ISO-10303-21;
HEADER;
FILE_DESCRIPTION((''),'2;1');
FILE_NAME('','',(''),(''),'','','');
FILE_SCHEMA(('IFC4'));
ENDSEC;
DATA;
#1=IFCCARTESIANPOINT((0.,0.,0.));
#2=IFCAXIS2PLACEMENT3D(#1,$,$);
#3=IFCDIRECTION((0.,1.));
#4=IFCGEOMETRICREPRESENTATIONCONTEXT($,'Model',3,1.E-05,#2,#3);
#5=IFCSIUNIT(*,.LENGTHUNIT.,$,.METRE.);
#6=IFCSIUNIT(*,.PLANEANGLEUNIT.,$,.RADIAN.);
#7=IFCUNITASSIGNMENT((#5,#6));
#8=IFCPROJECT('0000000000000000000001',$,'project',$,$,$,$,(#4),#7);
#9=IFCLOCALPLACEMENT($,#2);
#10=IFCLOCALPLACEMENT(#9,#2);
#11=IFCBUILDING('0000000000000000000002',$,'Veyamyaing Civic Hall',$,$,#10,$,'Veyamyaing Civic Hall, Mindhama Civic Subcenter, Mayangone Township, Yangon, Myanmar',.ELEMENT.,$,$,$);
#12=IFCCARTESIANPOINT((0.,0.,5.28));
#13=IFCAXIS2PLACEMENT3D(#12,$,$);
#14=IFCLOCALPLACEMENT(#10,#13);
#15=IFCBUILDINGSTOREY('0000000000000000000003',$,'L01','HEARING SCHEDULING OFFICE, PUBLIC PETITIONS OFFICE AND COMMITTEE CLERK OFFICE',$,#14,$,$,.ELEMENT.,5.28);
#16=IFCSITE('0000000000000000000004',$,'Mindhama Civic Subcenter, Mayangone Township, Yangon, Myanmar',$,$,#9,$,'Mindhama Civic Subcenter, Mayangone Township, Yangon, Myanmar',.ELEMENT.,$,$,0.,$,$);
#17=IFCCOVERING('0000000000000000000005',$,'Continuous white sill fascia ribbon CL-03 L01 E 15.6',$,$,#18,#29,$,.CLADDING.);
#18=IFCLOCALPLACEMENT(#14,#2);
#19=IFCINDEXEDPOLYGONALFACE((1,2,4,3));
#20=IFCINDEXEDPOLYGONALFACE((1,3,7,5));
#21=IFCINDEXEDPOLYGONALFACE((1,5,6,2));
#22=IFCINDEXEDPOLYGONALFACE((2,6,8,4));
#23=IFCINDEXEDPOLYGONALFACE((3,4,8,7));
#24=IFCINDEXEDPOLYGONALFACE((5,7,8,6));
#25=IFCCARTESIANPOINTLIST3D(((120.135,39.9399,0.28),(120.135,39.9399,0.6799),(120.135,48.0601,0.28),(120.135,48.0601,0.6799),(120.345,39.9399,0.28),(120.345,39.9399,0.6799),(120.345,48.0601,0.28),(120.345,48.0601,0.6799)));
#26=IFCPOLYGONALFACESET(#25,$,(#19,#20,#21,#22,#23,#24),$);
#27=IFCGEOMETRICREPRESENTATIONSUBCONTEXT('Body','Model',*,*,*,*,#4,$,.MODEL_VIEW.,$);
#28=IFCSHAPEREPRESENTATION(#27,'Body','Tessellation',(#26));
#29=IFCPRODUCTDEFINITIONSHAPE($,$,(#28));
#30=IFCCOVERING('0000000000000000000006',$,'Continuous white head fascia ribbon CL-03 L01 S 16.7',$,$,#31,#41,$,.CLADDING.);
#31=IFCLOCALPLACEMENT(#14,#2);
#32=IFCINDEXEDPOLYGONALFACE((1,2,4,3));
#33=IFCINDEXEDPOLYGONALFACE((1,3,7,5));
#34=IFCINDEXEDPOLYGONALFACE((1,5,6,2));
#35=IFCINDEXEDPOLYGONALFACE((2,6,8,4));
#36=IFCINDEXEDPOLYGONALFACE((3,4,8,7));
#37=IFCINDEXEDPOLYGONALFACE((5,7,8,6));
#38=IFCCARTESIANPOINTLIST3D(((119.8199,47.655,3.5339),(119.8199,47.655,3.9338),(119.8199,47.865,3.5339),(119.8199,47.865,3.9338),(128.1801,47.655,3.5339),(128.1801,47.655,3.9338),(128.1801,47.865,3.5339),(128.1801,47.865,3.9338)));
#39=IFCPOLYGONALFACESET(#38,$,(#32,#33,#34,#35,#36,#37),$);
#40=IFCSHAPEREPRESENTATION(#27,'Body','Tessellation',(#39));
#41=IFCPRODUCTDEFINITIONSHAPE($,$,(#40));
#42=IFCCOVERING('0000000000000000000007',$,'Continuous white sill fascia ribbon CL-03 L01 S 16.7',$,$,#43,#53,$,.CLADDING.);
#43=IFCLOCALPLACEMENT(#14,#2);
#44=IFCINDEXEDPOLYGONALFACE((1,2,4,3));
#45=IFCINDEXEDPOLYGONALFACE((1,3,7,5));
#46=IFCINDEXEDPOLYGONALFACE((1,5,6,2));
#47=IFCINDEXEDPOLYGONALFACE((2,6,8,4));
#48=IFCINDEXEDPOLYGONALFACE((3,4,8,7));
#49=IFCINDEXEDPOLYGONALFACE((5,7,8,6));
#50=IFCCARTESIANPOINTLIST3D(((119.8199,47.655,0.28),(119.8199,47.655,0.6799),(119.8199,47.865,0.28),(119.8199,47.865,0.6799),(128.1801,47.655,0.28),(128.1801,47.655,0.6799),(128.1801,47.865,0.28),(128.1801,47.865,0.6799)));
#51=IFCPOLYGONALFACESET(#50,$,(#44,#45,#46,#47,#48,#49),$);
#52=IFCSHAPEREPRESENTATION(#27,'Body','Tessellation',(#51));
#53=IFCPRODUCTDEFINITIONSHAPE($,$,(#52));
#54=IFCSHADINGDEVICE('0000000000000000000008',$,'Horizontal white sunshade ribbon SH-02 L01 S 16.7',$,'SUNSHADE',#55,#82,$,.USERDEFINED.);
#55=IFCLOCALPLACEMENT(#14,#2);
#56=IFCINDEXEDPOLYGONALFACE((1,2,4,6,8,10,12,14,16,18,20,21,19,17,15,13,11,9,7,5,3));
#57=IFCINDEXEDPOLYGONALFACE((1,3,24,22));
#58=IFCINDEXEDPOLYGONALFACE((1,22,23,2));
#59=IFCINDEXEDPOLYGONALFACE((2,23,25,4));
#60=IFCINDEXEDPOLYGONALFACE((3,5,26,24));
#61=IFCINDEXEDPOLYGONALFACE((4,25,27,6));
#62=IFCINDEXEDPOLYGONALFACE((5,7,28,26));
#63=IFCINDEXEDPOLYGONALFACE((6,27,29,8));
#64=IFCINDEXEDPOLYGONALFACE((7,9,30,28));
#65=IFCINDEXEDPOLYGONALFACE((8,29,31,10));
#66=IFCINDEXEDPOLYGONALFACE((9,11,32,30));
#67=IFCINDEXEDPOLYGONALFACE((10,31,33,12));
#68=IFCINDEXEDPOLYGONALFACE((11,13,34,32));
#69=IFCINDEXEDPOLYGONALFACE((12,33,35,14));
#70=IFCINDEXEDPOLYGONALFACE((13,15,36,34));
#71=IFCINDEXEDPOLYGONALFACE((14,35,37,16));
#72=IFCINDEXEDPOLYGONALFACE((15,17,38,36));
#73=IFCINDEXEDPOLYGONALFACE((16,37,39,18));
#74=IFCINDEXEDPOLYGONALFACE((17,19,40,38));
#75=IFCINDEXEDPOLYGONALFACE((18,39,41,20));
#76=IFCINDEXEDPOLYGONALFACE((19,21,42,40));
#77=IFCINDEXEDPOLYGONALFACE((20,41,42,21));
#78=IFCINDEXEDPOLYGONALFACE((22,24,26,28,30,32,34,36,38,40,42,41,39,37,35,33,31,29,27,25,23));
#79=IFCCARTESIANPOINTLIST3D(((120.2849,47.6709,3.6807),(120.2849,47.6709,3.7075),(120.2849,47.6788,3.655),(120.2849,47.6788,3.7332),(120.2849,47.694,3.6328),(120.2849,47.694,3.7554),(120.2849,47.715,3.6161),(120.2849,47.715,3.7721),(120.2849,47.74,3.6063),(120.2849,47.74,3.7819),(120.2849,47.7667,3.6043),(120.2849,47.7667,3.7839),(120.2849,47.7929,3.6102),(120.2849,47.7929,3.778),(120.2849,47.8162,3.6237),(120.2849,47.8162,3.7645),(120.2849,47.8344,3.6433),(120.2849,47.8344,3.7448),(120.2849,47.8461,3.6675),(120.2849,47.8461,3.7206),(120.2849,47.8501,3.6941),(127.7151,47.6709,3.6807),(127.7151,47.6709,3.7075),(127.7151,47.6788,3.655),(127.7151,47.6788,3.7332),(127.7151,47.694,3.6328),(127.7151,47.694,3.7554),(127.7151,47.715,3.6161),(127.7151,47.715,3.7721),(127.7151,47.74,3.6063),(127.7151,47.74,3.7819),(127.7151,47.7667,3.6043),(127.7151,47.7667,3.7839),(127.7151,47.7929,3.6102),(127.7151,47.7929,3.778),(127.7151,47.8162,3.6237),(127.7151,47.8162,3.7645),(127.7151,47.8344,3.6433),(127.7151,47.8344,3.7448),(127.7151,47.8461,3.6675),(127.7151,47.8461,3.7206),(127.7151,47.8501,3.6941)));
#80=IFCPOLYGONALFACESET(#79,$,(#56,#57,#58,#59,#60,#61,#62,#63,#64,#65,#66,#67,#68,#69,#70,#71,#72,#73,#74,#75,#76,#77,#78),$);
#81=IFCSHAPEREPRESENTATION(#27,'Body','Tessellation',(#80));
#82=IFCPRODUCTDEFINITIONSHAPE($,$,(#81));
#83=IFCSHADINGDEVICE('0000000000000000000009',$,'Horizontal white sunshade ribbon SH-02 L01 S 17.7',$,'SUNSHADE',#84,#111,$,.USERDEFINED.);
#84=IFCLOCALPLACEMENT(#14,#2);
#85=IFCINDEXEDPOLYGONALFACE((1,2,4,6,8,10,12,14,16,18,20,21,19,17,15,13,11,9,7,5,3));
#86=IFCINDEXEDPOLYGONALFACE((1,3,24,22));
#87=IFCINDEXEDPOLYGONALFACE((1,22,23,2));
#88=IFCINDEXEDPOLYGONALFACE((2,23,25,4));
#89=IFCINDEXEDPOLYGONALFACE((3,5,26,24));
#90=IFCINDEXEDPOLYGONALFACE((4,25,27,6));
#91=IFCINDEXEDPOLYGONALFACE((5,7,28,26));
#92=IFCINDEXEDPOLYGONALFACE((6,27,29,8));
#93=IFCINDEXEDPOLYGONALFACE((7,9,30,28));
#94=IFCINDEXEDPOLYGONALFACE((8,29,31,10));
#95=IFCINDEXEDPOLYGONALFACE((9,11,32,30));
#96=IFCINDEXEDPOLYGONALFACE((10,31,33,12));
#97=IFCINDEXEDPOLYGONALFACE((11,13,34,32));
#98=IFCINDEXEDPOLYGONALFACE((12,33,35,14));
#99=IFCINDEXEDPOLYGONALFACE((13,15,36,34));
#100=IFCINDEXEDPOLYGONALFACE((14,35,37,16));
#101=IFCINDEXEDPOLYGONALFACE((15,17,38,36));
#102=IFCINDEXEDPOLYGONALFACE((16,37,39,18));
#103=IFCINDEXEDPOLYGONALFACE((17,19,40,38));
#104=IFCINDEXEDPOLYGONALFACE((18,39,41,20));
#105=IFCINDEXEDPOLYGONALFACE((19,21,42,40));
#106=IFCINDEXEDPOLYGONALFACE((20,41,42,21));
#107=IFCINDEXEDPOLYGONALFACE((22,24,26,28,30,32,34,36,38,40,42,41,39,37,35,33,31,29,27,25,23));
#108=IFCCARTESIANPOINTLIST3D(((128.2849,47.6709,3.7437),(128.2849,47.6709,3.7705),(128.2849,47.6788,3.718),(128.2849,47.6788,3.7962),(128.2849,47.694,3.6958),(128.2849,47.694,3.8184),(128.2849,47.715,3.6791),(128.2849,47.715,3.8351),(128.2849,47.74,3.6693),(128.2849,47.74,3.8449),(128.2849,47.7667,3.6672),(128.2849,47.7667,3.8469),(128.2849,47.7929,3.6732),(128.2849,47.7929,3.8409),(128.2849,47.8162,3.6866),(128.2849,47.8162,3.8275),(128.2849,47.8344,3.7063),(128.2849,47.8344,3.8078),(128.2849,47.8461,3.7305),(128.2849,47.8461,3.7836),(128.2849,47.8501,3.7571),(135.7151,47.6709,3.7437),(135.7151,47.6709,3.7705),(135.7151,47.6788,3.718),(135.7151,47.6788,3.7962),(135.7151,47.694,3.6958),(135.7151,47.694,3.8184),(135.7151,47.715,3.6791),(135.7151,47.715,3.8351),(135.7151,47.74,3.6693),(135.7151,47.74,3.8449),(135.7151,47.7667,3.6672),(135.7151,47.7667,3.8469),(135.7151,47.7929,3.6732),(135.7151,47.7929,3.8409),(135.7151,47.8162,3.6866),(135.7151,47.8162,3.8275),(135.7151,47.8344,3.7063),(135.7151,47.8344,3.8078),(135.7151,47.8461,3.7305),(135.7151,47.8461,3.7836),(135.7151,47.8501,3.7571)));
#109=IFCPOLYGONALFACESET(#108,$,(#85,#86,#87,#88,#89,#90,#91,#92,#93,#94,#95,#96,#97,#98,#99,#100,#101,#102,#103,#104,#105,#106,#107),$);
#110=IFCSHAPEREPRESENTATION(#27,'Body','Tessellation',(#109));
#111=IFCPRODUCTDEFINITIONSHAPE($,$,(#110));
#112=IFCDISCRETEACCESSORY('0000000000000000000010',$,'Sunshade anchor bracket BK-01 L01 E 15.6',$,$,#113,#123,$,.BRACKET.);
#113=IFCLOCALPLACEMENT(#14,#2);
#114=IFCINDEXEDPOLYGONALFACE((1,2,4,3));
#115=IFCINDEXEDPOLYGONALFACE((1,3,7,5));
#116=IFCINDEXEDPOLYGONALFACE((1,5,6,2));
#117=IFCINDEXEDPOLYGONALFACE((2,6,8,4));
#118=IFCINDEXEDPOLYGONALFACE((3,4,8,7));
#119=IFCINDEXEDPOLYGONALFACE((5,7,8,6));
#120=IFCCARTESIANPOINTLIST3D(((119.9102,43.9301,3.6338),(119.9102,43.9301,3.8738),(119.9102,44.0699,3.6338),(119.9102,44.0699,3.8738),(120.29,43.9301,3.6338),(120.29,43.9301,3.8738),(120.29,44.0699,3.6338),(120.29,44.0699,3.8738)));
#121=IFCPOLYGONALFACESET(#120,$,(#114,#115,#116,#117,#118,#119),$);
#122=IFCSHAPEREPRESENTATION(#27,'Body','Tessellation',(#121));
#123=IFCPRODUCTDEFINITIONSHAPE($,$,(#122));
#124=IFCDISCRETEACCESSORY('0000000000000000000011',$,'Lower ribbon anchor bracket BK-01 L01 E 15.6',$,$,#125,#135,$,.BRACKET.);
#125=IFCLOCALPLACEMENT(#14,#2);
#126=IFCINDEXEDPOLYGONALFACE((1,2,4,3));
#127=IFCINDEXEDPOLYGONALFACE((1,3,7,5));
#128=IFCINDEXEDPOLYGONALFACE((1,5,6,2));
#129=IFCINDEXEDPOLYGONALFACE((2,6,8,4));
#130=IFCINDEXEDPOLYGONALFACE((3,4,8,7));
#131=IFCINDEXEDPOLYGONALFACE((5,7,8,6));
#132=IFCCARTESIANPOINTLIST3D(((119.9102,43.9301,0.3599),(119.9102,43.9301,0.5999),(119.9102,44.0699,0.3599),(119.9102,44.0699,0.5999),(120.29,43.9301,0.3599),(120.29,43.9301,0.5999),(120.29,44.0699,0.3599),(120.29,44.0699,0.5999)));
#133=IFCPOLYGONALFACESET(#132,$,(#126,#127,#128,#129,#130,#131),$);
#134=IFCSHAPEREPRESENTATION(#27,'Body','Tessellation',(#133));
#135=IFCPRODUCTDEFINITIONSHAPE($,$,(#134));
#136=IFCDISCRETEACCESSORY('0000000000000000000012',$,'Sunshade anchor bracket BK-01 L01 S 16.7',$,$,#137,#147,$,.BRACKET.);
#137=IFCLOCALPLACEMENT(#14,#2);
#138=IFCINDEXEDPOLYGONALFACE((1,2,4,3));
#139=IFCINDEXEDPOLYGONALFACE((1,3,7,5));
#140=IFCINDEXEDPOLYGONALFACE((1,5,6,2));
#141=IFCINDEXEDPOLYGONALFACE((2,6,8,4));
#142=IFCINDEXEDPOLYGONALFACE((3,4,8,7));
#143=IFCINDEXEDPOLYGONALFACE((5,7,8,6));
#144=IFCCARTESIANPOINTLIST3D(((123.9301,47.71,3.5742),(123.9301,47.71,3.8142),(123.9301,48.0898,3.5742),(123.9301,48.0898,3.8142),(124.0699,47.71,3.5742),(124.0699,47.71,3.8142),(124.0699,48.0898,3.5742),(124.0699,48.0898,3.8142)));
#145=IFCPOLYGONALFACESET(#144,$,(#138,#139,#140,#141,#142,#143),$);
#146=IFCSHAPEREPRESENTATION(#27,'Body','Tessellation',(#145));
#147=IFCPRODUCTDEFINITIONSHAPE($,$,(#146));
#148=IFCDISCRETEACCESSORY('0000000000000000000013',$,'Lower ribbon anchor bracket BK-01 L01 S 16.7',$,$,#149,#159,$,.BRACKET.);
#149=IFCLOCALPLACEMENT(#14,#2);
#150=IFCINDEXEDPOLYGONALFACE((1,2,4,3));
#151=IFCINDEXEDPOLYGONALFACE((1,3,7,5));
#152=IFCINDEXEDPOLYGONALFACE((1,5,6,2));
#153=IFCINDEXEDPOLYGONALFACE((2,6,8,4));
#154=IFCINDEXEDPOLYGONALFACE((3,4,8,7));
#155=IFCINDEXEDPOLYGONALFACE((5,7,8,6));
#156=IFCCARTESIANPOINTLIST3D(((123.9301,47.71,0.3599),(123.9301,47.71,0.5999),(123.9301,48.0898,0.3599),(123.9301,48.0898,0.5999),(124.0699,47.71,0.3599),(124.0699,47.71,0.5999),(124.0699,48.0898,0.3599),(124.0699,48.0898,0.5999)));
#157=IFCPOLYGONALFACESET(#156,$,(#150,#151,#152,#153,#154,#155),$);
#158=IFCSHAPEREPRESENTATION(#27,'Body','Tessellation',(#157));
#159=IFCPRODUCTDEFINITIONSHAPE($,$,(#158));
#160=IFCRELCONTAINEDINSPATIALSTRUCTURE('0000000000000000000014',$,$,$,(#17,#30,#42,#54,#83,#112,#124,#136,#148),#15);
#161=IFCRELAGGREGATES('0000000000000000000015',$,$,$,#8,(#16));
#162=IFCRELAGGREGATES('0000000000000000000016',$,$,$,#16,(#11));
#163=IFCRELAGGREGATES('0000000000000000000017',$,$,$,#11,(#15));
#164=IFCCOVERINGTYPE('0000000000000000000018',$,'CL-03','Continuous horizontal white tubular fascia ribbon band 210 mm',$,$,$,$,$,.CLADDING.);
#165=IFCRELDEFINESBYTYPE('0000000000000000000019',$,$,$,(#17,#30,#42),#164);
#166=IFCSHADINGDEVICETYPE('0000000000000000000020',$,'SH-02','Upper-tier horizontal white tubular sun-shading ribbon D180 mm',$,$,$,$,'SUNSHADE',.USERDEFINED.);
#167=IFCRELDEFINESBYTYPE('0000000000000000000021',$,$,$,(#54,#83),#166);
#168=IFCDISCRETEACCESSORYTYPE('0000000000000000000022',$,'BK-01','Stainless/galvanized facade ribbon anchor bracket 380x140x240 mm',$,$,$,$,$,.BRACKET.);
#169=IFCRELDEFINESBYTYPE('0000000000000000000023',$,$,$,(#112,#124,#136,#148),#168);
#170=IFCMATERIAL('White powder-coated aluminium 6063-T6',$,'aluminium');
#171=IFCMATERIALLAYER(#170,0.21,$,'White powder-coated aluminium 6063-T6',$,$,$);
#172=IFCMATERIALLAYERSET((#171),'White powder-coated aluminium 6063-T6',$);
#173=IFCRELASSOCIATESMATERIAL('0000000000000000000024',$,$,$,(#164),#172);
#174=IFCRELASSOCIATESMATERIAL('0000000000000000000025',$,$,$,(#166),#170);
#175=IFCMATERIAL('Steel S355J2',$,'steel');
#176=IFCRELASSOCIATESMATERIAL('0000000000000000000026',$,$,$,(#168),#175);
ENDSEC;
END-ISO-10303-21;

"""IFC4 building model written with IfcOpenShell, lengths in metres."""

from ifc_helpers import new_model, si_unit, direction, frame, origin, origin_2d, place, context, subcontext, project, spatial, rectangle, circle, extrude, material, layer, layer_set, material_profile, profile_set, type_object, element, save


model = new_model("IFC4")

# Units and contexts
model_context = context("Model", 3, precision=1e-05, world=origin(), true_north=direction((0.0, 1.0)))
body_context = subcontext(model_context, "Body", "Model", "MODEL_VIEW")
ifc_project = project(units=[si_unit("LENGTHUNIT", "METRE"), si_unit("PLANEANGLEUNIT", "RADIAN")], contexts=[model_context])

# Site, building, storey
site_placement = place(None, origin())
site = spatial("IfcSite", under=ifc_project, at=site_placement, Name="Mindhama Civic Subcenter, Mayangone Township, Yangon, Myanmar", LongName="Mindhama Civic Subcenter, Mayangone Township, Yangon, Myanmar", CompositionType="ELEMENT", RefElevation=0.0)
building_placement = place(site_placement, origin())
building = spatial("IfcBuilding", under=site, at=building_placement, Name="Veyamyaing Civic Hall", LongName="Veyamyaing Civic Hall, Mindhama Civic Subcenter, Mayangone Township, Yangon, Myanmar", CompositionType="ELEMENT")
storey_placement = place(building_placement, frame((0.0, 0.0, 5.28)))
storey = spatial("IfcBuildingStorey", under=building, at=storey_placement, Name="L01", Description="HEARING SCHEDULING OFFICE, PUBLIC PETITIONS OFFICE AND COMMITTEE CLERK OFFICE", CompositionType="ELEMENT", Elevation=5.28)

# Coverings
ifc_material_1 = material(Name="White powder-coated aluminium 6063-T6", Category="aluminium")
ifc_layer_1 = layer(ifc_material_1, 0.21, Name="White powder-coated aluminium 6063-T6")
ifc_layer_set_1 = layer_set([ifc_layer_1], Name="White powder-coated aluminium 6063-T6")
covering_type_1 = type_object("IfcCoveringType", Name="CL-03", Description="Continuous horizontal white tubular fascia ribbon band 210 mm", PredefinedType="CLADDING", material=ifc_layer_set_1)
for number, where, z_axis, x_axis, name in (
    (1, (120.24, 44.0, 0.28), (0.0, 0.0, 1.0), (0.0, 1.0, 0.0), "Continuous white sill fascia ribbon CL-03 L01 E 15.6"),
):
    element("IfcCovering", number, at=place(storey_placement, frame(where, z_axis=z_axis, x_axis=x_axis)), inside=storey, type_object=covering_type_1, Name=name, PredefinedType="CLADDING", context=body_context, shape_type="SweptSolid", body=[
        extrude(rectangle(XDim=8.1201, YDim=0.21, at=origin_2d()), origin(), (0.0, 0.0, 1.0), 0.3999),
    ])
for number, where, z_axis, x_axis, name in (
    (2, (124.0, 47.76, 3.5339), (0.0, 0.0, 1.0), (1.0, 0.0, 0.0), "Continuous white head fascia ribbon CL-03 L01 S 16.7"),
    (3, (124.0, 47.76, 0.28), (0.0, 0.0, 1.0), (1.0, 0.0, 0.0), "Continuous white sill fascia ribbon CL-03 L01 S 16.7"),
):
    element("IfcCovering", number, at=place(storey_placement, frame(where, z_axis=z_axis, x_axis=x_axis)), inside=storey, type_object=covering_type_1, Name=name, PredefinedType="CLADDING", context=body_context, shape_type="SweptSolid", body=[
        extrude(rectangle(XDim=8.3601, YDim=0.21, at=origin_2d()), origin(), (0.0, 0.0, 1.0), 0.3999),
    ])

# Shading devices
ifc_material_profile_1 = material_profile(ifc_material_1, circle(Radius=0.0901, at=origin_2d()), Name="SHADE-TUBE-180")
ifc_profile_set_1 = profile_set([ifc_material_profile_1], Name="White powder-coated aluminium 6063-T6")
shading_device_type = type_object("IfcShadingDeviceType", Name="SH-02", Description="Upper-tier horizontal white tubular sun-shading ribbon D180 mm", ElementType="SUNSHADE", PredefinedType="USERDEFINED", material=ifc_profile_set_1)
for number, where, z_axis, x_axis, name in (
    (4, (120.2849, 47.76, 3.6941), (1.0, 0.0, 0.0), (0.0, 1.0, 0.0), "Horizontal white sunshade ribbon SH-02 L01 S 16.7"),
    (5, (128.2849, 47.76, 3.7571), (1.0, 0.0, 0.0), (0.0, 1.0, 0.0), "Horizontal white sunshade ribbon SH-02 L01 S 17.7"),
):
    element("IfcShadingDevice", number, at=place(storey_placement, frame(where, z_axis=z_axis, x_axis=x_axis)), inside=storey, type_object=shading_device_type, Name=name, ObjectType="SUNSHADE", PredefinedType="USERDEFINED", context=body_context, shape_type="SweptSolid", body=[
        extrude(circle(Radius=0.0901, at=origin_2d()), origin(), (0.0, 0.0, 1.0), 7.4302),
    ])

# Discrete accessories
ifc_material_2 = material(Name="Steel S355J2", Category="steel")
discrete_accessory_type = type_object("IfcDiscreteAccessoryType", Name="BK-01", Description="Stainless/galvanized facade ribbon anchor bracket 380x140x240 mm", PredefinedType="BRACKET", material=ifc_material_2)
for number, where, z_axis, x_axis, name in (
    (6, (120.1001, 44.0, 3.6338), (0.0, 0.0, 1.0), (1.0, 0.0, 0.0), "Sunshade anchor bracket BK-01 L01 E 15.6"),
    (7, (120.1001, 44.0, 0.3599), (0.0, 0.0, 1.0), (1.0, 0.0, 0.0), "Lower ribbon anchor bracket BK-01 L01 E 15.6"),
    (8, (124.0, 47.8999, 3.5742), (0.0, 0.0, 1.0), (0.0, -1.0, 0.0), "Sunshade anchor bracket BK-01 L01 S 16.7"),
    (9, (124.0, 47.8999, 0.3599), (0.0, 0.0, 1.0), (0.0, -1.0, 0.0), "Lower ribbon anchor bracket BK-01 L01 S 16.7"),
):
    element("IfcDiscreteAccessory", number, at=place(storey_placement, frame(where, z_axis=z_axis, x_axis=x_axis)), inside=storey, type_object=discrete_accessory_type, Name=name, PredefinedType="BRACKET", context=body_context, shape_type="SweptSolid", body=[
        extrude(rectangle(XDim=0.3799, YDim=0.1399, at=origin_2d()), origin(), (0.0, 0.0, 1.0), 0.24),
    ])

save(model, "model.ifc")
